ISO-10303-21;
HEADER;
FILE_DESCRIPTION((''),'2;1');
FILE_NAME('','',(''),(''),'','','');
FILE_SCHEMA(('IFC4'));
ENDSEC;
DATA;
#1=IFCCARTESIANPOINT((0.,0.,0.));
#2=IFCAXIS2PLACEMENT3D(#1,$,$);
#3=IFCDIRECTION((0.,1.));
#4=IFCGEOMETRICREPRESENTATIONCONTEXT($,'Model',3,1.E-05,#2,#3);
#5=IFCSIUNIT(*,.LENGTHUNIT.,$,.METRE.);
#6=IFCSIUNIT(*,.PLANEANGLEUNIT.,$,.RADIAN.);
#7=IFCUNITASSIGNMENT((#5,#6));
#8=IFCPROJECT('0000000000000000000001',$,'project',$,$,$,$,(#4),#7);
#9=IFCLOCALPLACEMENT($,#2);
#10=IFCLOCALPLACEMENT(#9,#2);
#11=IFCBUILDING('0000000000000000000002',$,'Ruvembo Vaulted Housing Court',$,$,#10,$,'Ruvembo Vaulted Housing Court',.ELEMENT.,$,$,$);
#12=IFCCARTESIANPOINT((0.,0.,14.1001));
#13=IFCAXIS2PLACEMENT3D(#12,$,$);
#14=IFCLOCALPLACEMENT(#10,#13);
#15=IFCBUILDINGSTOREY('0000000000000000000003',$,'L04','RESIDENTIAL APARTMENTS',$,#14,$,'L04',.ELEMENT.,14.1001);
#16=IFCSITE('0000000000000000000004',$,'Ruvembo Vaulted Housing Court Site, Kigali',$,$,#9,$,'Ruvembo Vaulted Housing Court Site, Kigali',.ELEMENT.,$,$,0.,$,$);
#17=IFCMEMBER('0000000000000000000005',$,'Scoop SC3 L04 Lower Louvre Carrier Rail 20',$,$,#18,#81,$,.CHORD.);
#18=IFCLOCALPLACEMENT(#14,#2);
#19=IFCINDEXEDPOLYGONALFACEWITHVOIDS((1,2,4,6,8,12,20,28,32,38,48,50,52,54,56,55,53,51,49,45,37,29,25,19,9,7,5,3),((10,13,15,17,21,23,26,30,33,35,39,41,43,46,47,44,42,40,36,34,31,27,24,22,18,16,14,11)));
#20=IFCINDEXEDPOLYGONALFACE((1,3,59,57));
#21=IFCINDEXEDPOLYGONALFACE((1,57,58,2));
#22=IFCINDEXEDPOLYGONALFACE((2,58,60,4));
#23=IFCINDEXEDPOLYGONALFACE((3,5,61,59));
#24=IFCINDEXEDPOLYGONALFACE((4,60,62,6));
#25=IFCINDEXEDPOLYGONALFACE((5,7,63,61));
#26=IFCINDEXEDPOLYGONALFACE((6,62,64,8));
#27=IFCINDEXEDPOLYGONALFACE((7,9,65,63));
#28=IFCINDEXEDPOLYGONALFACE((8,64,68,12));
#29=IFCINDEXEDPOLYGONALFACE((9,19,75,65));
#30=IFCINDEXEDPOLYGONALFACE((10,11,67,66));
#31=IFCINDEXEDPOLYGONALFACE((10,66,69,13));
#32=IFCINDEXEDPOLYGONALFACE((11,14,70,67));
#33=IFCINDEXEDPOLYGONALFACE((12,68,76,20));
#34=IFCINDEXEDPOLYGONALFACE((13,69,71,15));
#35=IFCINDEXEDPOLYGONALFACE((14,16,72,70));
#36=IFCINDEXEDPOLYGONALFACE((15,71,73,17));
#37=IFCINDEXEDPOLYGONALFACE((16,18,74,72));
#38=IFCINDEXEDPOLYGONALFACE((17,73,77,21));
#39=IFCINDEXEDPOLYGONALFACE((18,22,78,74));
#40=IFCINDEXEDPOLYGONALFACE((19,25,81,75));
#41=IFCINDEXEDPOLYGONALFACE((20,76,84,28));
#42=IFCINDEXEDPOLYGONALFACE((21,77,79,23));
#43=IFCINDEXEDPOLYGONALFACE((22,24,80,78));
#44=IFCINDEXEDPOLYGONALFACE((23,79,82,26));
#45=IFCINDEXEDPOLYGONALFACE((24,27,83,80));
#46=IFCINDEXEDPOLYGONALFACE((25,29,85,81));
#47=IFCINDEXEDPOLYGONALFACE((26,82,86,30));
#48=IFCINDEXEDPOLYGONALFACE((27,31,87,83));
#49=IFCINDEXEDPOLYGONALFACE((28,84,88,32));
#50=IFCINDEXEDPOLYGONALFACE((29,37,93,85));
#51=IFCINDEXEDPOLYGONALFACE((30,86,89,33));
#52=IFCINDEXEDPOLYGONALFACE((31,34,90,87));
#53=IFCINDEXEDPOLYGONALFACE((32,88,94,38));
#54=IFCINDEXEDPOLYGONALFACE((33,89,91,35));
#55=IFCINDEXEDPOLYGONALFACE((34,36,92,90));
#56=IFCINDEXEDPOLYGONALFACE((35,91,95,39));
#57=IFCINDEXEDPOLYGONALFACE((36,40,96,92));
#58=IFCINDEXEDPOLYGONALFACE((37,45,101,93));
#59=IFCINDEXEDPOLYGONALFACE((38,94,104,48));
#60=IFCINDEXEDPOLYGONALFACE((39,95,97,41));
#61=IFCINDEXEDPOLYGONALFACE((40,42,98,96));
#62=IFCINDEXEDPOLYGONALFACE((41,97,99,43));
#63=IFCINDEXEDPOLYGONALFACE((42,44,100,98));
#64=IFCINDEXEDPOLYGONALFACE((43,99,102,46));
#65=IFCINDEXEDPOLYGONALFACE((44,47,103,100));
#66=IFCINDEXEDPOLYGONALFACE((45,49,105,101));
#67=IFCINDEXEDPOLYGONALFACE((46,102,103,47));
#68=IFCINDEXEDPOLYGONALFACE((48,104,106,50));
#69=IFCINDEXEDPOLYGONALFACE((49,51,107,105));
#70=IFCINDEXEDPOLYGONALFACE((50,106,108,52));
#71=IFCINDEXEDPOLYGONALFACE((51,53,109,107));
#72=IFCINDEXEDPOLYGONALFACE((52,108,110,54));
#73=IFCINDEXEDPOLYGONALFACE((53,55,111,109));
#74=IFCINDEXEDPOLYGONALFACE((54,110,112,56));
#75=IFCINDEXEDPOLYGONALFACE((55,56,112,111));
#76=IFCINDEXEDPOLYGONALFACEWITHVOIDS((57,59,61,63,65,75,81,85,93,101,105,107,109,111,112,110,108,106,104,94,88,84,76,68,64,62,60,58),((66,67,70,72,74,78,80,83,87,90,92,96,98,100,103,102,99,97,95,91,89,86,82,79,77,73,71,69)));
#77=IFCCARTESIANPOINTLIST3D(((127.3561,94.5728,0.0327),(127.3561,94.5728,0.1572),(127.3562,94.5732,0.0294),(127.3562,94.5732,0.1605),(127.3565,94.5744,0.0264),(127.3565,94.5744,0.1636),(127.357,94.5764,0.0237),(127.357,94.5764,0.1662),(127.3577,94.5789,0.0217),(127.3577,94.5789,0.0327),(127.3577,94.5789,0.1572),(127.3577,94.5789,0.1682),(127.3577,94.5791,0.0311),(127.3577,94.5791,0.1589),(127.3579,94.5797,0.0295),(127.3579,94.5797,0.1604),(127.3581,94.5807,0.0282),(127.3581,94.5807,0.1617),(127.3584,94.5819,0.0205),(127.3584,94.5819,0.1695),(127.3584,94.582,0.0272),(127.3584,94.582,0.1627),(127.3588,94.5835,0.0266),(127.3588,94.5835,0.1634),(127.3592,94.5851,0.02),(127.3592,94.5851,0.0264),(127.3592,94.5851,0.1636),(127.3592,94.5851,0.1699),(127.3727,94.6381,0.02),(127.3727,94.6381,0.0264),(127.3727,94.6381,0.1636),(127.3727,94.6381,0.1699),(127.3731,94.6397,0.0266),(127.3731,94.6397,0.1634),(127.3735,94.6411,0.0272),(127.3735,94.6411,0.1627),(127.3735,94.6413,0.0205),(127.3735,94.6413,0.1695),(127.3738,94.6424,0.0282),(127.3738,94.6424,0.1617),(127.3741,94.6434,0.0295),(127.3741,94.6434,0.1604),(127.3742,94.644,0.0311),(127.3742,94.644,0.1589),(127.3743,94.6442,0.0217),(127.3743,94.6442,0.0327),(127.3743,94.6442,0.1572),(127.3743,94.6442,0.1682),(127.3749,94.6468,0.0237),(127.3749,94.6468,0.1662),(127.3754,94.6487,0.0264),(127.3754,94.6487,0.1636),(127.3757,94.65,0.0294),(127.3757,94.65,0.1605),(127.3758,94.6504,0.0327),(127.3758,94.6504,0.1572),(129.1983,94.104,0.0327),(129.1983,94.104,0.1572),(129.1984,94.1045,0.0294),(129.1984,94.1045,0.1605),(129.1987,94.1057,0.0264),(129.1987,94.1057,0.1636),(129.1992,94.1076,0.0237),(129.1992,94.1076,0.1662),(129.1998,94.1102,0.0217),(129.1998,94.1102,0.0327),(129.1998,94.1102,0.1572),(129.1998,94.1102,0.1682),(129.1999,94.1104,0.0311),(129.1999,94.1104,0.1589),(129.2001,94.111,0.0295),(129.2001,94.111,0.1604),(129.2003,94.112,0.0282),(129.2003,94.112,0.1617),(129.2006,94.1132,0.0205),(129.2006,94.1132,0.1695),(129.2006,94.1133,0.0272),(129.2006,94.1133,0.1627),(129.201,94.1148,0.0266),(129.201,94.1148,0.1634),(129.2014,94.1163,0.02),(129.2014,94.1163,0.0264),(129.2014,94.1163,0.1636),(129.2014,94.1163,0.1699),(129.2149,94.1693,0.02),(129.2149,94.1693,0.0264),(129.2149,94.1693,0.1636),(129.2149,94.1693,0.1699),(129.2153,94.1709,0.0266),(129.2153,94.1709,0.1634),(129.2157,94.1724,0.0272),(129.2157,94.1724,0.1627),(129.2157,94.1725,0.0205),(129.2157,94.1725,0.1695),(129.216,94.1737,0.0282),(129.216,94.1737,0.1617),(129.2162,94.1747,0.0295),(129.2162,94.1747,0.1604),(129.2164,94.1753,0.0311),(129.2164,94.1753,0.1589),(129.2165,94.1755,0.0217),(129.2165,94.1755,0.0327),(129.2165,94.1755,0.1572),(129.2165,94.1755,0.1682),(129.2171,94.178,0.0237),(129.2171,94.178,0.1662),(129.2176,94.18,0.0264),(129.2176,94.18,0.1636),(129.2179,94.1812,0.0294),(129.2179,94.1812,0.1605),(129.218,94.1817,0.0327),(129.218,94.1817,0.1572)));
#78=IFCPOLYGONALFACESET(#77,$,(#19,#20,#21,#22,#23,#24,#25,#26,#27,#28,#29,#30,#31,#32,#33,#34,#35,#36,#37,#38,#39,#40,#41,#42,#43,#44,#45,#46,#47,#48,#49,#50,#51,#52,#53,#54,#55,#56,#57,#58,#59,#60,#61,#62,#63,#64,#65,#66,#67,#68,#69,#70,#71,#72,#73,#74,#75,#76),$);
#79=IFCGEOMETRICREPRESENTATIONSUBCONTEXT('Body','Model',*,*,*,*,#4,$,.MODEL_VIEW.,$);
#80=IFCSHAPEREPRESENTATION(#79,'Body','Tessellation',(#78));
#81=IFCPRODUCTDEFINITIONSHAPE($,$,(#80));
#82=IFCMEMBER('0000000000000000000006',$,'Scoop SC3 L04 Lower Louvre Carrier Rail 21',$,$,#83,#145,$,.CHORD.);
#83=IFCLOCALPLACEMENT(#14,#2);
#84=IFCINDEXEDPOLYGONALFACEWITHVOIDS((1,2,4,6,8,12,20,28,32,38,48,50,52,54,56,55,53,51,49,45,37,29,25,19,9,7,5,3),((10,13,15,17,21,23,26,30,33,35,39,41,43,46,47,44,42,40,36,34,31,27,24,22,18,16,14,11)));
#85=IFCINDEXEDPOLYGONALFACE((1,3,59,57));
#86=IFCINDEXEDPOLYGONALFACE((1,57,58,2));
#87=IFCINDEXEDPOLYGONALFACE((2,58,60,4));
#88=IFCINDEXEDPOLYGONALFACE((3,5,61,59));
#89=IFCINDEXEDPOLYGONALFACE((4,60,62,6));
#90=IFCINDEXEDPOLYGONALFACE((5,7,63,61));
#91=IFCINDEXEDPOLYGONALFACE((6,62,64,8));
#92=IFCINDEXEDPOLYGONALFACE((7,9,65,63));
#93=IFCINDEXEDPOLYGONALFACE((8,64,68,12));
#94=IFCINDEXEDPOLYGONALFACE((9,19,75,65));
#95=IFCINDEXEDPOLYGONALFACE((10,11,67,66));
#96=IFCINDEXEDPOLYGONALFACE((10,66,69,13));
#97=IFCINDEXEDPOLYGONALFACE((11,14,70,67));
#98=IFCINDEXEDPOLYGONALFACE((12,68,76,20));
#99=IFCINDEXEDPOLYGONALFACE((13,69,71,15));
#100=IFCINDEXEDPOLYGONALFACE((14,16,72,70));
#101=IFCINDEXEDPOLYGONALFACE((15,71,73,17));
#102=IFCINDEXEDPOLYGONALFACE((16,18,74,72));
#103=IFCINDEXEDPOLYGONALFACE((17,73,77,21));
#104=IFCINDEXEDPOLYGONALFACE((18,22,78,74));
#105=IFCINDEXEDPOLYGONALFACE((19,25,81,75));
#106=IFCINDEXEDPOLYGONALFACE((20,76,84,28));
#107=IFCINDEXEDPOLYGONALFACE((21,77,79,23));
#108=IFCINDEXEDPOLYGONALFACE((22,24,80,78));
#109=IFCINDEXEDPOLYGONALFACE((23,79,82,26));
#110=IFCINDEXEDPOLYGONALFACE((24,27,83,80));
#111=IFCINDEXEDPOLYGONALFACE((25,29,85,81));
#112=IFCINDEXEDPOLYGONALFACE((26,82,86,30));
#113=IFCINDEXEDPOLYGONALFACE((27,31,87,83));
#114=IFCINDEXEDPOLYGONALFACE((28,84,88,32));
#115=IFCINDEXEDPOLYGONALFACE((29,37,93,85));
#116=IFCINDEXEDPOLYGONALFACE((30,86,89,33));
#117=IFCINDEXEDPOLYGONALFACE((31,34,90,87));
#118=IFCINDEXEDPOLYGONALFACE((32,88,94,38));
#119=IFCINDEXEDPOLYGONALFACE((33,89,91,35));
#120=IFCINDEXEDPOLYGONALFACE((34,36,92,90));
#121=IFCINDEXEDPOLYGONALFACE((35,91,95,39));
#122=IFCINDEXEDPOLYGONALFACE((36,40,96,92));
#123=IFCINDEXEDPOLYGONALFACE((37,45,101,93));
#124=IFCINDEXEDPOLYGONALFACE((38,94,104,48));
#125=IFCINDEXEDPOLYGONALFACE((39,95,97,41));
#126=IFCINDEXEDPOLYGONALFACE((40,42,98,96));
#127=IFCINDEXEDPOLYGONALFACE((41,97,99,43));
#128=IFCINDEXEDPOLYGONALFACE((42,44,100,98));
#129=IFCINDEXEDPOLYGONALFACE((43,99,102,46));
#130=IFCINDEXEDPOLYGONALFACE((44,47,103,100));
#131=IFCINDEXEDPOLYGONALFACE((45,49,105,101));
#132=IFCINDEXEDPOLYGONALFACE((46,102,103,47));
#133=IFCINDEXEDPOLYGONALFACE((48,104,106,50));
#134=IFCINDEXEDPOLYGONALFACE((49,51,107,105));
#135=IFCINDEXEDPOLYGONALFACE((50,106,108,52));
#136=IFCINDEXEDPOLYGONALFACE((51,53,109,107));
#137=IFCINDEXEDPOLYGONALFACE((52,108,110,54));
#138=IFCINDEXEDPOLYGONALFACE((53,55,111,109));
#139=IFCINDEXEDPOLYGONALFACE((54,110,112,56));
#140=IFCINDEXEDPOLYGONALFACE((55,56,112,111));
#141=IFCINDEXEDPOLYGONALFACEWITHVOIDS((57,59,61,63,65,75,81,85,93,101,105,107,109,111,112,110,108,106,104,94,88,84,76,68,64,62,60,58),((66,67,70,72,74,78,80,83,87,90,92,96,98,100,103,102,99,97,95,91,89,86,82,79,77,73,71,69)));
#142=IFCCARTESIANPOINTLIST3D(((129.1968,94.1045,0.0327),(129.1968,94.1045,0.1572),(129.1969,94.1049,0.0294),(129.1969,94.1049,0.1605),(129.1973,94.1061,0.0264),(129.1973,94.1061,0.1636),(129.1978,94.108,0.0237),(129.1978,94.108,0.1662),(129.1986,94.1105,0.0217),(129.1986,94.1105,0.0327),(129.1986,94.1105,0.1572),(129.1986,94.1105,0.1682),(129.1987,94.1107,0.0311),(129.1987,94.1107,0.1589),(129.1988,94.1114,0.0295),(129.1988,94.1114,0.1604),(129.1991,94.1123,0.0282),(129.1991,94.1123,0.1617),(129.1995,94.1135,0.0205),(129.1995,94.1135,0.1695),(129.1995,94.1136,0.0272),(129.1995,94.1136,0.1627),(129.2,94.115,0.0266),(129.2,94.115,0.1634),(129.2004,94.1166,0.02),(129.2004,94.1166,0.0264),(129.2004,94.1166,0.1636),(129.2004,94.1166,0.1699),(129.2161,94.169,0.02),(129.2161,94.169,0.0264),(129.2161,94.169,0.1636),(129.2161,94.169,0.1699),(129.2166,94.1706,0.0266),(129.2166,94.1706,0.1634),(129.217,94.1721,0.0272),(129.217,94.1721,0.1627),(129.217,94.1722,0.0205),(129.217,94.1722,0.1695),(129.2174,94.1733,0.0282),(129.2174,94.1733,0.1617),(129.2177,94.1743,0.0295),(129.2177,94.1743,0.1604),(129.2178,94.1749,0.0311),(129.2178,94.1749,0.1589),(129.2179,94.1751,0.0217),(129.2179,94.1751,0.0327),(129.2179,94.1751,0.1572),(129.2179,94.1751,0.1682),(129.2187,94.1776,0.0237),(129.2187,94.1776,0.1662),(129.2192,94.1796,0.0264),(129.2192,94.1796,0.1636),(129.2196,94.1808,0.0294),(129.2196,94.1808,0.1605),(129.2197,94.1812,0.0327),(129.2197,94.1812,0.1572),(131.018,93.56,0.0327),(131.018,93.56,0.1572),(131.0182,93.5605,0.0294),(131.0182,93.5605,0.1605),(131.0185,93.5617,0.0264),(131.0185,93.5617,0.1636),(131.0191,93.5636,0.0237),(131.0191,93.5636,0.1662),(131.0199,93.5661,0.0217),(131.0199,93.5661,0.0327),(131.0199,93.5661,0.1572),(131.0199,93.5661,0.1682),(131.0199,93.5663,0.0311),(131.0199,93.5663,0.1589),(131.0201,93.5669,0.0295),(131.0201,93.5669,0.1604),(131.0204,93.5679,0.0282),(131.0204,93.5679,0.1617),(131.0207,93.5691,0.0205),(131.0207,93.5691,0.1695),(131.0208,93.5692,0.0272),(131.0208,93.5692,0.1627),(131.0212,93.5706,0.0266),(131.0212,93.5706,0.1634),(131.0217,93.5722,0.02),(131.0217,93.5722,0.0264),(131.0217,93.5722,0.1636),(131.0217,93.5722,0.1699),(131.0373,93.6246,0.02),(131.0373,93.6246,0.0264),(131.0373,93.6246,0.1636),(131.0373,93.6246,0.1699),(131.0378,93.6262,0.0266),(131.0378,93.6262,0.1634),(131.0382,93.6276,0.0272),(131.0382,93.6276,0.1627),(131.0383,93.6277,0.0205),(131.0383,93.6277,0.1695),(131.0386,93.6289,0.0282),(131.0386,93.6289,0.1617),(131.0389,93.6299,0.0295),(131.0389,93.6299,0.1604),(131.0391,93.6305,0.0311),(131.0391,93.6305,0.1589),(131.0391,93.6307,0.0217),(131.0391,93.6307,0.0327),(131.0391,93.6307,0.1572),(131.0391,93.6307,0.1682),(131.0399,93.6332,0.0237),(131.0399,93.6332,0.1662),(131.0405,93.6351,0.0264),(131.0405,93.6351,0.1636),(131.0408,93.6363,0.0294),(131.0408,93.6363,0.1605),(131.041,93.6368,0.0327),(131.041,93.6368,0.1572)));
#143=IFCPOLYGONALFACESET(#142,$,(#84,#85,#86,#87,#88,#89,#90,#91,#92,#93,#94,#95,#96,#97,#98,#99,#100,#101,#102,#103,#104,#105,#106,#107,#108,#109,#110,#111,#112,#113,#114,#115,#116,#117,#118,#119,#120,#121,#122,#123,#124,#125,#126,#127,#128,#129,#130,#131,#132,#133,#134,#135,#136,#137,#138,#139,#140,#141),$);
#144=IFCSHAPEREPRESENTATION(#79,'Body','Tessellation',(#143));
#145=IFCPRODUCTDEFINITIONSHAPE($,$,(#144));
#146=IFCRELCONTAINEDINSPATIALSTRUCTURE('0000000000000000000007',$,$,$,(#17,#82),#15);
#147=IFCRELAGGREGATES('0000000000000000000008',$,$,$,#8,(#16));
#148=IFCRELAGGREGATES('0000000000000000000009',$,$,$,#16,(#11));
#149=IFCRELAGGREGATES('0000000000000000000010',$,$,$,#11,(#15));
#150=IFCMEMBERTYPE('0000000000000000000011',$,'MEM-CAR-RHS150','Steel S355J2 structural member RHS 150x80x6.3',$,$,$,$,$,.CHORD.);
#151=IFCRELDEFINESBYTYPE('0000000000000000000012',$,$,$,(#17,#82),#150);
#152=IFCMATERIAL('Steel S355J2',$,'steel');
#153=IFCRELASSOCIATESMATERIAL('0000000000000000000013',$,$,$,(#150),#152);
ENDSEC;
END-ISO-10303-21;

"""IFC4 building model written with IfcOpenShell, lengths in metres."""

from ifc_helpers import new_model, si_unit, direction, frame, origin, origin_2d, place, context, subcontext, project, spatial, hollow_rectangle, extrude, material, material_profile, profile_set, type_object, element, save


model = new_model("IFC4")

# Units and contexts
model_context = context("Model", 3, precision=1e-05, world=origin(), true_north=direction((0.0, 1.0)))
body_context = subcontext(model_context, "Body", "Model", "MODEL_VIEW")
ifc_project = project(units=[si_unit("LENGTHUNIT", "METRE"), si_unit("PLANEANGLEUNIT", "RADIAN")], contexts=[model_context])

# Site, building, storey
site_placement = place(None, origin())
site = spatial("IfcSite", under=ifc_project, at=site_placement, Name="Ruvembo Vaulted Housing Court Site, Kigali", LongName="Ruvembo Vaulted Housing Court Site, Kigali", CompositionType="ELEMENT", RefElevation=0.0)
building_placement = place(site_placement, origin())
building = spatial("IfcBuilding", under=site, at=building_placement, Name="Ruvembo Vaulted Housing Court", LongName="Ruvembo Vaulted Housing Court", CompositionType="ELEMENT")
storey_placement = place(building_placement, frame((0.0, 0.0, 14.1001)))
storey = spatial("IfcBuildingStorey", under=building, at=storey_placement, Name="L04", Description="RESIDENTIAL APARTMENTS", LongName="L04", CompositionType="ELEMENT", Elevation=14.1001)

# Shared definitions
ifc_material_1 = material(Name="Steel S355J2", Category="steel")

# Members
ifc_material_profile_1 = material_profile(ifc_material_1, hollow_rectangle(XDim=0.0801, YDim=0.1499, WallThickness=0.0063, InnerFilletRadius=0.0063, OuterFilletRadius=0.0127, at=origin_2d()), Name="RHS 150x80x6.3")
ifc_profile_set_1 = profile_set([ifc_material_profile_1], Name="Steel S355J2")
member_type_1 = type_object("IfcMemberType", Name="MEM-CAR-RHS150", Description="Steel S355J2 structural member RHS 150x80x6.3", PredefinedType="CHORD", material=ifc_profile_set_1)
for number, where, z_axis, x_axis, name in (
    (1, (127.366, 94.6116, 0.095), (0.969122, -0.246583, 0.0), (0.246583, 0.969122, 0.0), "Scoop SC3 L04 Lower Louvre Carrier Rail 20"),
    (2, (129.2083, 94.1428, 0.095), (0.958109, -0.286405, 0.0), (0.286405, 0.958109, 0.0), "Scoop SC3 L04 Lower Louvre Carrier Rail 21"),
):
    element("IfcMember", number, at=place(storey_placement, frame(where, z_axis=z_axis, x_axis=x_axis)), inside=storey, type_object=member_type_1, Name=name, PredefinedType="CHORD", context=body_context, shape_type="SweptSolid", body=[
        extrude(hollow_rectangle(XDim=0.0801, YDim=0.1499, WallThickness=0.0063, InnerFilletRadius=0.0063, OuterFilletRadius=0.0127, at=origin_2d()), origin(), (0.0, 0.0, 1.0), 1.9009),
    ])

save(model, "model.ifc")
